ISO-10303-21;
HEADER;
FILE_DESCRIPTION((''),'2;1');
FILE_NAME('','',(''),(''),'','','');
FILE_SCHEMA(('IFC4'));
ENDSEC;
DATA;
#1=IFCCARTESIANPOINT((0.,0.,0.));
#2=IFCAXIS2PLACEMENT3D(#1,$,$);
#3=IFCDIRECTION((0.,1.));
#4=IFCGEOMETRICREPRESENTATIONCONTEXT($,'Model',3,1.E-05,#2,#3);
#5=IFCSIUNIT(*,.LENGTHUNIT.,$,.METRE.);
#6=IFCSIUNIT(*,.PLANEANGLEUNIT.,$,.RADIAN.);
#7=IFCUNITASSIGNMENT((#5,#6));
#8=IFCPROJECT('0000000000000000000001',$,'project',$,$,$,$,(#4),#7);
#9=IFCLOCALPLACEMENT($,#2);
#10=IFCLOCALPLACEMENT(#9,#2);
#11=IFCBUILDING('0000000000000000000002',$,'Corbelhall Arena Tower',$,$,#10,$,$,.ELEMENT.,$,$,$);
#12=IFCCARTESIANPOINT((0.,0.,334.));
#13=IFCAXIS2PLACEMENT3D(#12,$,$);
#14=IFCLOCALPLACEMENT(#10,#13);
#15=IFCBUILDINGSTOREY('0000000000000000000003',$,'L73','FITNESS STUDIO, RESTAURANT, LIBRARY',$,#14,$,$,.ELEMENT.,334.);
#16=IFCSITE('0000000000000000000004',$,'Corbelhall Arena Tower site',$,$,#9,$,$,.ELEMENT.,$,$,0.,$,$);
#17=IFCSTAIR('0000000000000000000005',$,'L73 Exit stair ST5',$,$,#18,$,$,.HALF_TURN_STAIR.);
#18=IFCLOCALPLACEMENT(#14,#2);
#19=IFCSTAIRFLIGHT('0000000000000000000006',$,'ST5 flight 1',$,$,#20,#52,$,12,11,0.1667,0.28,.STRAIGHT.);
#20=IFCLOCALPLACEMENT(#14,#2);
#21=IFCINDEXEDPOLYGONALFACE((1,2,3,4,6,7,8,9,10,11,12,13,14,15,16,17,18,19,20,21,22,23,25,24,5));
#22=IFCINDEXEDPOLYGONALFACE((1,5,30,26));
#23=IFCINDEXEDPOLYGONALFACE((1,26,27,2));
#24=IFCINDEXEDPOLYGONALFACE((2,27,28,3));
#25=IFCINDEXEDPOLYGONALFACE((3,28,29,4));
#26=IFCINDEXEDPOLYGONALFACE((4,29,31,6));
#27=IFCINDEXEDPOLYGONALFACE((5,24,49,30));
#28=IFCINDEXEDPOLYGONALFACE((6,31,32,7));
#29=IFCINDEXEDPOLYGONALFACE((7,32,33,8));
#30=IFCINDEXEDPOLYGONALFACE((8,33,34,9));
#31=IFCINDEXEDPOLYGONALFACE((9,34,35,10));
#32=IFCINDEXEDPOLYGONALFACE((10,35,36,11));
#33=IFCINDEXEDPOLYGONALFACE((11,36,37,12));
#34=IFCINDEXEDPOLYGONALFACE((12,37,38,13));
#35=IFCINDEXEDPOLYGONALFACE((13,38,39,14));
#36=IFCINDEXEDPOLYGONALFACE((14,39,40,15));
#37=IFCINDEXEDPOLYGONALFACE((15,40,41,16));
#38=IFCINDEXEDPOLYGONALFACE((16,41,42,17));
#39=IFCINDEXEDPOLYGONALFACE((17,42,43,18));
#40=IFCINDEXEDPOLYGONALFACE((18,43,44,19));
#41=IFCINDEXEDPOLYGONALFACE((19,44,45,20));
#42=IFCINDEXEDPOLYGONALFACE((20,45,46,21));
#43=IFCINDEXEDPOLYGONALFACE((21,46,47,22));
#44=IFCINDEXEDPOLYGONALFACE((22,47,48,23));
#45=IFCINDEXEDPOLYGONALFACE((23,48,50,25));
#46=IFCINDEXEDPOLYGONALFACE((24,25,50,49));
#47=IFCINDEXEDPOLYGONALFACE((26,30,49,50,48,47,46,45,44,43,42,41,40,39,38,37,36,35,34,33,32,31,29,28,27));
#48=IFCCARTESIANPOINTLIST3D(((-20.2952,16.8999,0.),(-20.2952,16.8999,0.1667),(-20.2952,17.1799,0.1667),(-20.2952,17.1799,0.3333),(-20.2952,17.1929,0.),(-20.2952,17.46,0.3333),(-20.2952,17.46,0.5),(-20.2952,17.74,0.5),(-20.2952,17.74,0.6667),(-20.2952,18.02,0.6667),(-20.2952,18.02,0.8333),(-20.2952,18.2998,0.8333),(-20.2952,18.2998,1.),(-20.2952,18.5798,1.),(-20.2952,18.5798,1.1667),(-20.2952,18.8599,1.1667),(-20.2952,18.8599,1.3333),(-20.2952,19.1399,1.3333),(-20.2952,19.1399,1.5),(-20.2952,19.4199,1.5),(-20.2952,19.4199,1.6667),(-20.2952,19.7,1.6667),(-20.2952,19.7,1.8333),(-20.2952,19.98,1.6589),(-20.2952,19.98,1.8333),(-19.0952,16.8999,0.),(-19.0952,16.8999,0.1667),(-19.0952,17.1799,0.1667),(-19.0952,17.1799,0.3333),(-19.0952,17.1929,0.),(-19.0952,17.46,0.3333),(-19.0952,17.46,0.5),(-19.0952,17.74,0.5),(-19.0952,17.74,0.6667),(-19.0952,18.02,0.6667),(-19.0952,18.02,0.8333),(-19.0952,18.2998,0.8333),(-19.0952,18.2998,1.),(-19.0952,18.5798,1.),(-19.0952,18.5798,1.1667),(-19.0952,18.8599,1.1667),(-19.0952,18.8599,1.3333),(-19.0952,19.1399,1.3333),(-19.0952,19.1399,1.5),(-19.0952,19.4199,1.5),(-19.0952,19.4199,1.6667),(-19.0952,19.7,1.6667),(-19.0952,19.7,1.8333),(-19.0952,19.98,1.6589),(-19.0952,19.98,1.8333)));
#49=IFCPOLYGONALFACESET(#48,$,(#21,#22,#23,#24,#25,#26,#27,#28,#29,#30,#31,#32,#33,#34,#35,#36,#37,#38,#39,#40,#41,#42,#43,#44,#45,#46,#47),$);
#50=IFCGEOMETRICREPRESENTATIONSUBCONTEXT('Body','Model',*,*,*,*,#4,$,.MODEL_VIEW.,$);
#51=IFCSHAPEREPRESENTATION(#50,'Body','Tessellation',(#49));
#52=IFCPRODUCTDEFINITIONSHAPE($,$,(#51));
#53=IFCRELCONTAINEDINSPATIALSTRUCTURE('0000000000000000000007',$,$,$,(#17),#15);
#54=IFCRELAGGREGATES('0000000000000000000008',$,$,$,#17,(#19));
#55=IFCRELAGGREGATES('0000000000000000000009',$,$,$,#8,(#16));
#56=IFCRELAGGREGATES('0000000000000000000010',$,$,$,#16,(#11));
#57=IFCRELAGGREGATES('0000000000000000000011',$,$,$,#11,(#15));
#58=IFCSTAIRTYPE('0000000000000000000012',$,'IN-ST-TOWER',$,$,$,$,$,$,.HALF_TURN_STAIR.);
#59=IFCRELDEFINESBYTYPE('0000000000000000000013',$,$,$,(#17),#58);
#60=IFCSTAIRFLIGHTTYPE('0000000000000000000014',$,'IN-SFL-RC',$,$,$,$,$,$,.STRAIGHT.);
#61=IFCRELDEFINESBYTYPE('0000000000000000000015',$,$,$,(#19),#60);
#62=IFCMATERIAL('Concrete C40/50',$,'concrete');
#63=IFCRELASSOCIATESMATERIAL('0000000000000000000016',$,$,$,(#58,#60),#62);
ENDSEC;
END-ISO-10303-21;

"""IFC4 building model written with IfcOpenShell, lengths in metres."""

from ifc_helpers import new_model, si_unit, direction, frame, origin, place, context, subcontext, project, spatial, polyline, outline, extrude, material, type_object, element, aggregate, save


model = new_model("IFC4")

# Units and contexts
model_context = context("Model", 3, precision=1e-05, world=origin(), true_north=direction((0.0, 1.0)))
body_context = subcontext(model_context, "Body", "Model", "MODEL_VIEW")
ifc_project = project(units=[si_unit("LENGTHUNIT", "METRE"), si_unit("PLANEANGLEUNIT", "RADIAN")], contexts=[model_context])

# Site, building, storey
site_placement = place(None, origin())
site = spatial("IfcSite", under=ifc_project, at=site_placement, Name="Corbelhall Arena Tower site", CompositionType="ELEMENT", RefElevation=0.0)
building_placement = place(site_placement, origin())
building = spatial("IfcBuilding", under=site, at=building_placement, Name="Corbelhall Arena Tower", CompositionType="ELEMENT")
storey_placement = place(building_placement, frame((0.0, 0.0, 334.0)))
storey = spatial("IfcBuildingStorey", under=building, at=storey_placement, Name="L73", Description="FITNESS STUDIO, RESTAURANT, LIBRARY", CompositionType="ELEMENT", Elevation=334.0)

# Shared definitions
ifc_material_1 = material(Name="Concrete C40/50", Category="concrete")

# Stair, stair flight
stair_type = type_object("IfcStairType", Name="IN-ST-TOWER", PredefinedType="HALF_TURN_STAIR", material=ifc_material_1)
stair_placement = place(storey_placement, origin())
stair = element("IfcStair", 1, at=stair_placement, inside=storey, type_object=stair_type, Name="L73 Exit stair ST5", PredefinedType="HALF_TURN_STAIR")
stair_flight_type = type_object("IfcStairFlightType", Name="IN-SFL-RC", PredefinedType="STRAIGHT", material=ifc_material_1)
stair_flight_placement = place(storey_placement, frame((-19.6951, 16.8999, 0.0), z_axis=(0.0, 0.0, 1.0), x_axis=(0.0, 1.0, 0.0)))
stair_flight = element("IfcStairFlight", 2, at=stair_flight_placement, type_object=stair_flight_type, Name="ST5 flight 1", NumberOfRisers=12, NumberOfTreads=11, PredefinedType="STRAIGHT", RiserHeight=0.1667, TreadLength=0.28, context=body_context, shape_type="SweptSolid", body=[
    extrude(outline(polyline([(0.0, 0.0), (0.0, 0.1667), (0.28, 0.1667), (0.28, 0.3333), (0.5601, 0.3333), (0.5601, 0.5), (0.8401, 0.5), (0.8401, 0.6667), (1.1201, 0.6667), (1.1201, 0.8333), (1.3999, 0.8333), (1.3999, 1.0), (1.6799, 1.0), (1.6799, 1.1667), (1.96, 1.1667), (1.96, 1.3333), (2.24, 1.3333), (2.24, 1.5), (2.52, 1.5), (2.52, 1.6667), (2.8, 1.6667), (2.8, 1.8333), (3.0801, 1.8333), (3.0801, 2.0), (3.0801, 1.6589), (0.293, 0.0), (0.0, 0.0)])), frame((0.0, 0.6001, 0.0), z_axis=(0.0, -1.0, 0.0), x_axis=(1.0, 0.0, 0.0)), (0.0, 0.0, 1.0), 1.2),
])
aggregate(stair, [stair_flight])

save(model, "model.ifc")
